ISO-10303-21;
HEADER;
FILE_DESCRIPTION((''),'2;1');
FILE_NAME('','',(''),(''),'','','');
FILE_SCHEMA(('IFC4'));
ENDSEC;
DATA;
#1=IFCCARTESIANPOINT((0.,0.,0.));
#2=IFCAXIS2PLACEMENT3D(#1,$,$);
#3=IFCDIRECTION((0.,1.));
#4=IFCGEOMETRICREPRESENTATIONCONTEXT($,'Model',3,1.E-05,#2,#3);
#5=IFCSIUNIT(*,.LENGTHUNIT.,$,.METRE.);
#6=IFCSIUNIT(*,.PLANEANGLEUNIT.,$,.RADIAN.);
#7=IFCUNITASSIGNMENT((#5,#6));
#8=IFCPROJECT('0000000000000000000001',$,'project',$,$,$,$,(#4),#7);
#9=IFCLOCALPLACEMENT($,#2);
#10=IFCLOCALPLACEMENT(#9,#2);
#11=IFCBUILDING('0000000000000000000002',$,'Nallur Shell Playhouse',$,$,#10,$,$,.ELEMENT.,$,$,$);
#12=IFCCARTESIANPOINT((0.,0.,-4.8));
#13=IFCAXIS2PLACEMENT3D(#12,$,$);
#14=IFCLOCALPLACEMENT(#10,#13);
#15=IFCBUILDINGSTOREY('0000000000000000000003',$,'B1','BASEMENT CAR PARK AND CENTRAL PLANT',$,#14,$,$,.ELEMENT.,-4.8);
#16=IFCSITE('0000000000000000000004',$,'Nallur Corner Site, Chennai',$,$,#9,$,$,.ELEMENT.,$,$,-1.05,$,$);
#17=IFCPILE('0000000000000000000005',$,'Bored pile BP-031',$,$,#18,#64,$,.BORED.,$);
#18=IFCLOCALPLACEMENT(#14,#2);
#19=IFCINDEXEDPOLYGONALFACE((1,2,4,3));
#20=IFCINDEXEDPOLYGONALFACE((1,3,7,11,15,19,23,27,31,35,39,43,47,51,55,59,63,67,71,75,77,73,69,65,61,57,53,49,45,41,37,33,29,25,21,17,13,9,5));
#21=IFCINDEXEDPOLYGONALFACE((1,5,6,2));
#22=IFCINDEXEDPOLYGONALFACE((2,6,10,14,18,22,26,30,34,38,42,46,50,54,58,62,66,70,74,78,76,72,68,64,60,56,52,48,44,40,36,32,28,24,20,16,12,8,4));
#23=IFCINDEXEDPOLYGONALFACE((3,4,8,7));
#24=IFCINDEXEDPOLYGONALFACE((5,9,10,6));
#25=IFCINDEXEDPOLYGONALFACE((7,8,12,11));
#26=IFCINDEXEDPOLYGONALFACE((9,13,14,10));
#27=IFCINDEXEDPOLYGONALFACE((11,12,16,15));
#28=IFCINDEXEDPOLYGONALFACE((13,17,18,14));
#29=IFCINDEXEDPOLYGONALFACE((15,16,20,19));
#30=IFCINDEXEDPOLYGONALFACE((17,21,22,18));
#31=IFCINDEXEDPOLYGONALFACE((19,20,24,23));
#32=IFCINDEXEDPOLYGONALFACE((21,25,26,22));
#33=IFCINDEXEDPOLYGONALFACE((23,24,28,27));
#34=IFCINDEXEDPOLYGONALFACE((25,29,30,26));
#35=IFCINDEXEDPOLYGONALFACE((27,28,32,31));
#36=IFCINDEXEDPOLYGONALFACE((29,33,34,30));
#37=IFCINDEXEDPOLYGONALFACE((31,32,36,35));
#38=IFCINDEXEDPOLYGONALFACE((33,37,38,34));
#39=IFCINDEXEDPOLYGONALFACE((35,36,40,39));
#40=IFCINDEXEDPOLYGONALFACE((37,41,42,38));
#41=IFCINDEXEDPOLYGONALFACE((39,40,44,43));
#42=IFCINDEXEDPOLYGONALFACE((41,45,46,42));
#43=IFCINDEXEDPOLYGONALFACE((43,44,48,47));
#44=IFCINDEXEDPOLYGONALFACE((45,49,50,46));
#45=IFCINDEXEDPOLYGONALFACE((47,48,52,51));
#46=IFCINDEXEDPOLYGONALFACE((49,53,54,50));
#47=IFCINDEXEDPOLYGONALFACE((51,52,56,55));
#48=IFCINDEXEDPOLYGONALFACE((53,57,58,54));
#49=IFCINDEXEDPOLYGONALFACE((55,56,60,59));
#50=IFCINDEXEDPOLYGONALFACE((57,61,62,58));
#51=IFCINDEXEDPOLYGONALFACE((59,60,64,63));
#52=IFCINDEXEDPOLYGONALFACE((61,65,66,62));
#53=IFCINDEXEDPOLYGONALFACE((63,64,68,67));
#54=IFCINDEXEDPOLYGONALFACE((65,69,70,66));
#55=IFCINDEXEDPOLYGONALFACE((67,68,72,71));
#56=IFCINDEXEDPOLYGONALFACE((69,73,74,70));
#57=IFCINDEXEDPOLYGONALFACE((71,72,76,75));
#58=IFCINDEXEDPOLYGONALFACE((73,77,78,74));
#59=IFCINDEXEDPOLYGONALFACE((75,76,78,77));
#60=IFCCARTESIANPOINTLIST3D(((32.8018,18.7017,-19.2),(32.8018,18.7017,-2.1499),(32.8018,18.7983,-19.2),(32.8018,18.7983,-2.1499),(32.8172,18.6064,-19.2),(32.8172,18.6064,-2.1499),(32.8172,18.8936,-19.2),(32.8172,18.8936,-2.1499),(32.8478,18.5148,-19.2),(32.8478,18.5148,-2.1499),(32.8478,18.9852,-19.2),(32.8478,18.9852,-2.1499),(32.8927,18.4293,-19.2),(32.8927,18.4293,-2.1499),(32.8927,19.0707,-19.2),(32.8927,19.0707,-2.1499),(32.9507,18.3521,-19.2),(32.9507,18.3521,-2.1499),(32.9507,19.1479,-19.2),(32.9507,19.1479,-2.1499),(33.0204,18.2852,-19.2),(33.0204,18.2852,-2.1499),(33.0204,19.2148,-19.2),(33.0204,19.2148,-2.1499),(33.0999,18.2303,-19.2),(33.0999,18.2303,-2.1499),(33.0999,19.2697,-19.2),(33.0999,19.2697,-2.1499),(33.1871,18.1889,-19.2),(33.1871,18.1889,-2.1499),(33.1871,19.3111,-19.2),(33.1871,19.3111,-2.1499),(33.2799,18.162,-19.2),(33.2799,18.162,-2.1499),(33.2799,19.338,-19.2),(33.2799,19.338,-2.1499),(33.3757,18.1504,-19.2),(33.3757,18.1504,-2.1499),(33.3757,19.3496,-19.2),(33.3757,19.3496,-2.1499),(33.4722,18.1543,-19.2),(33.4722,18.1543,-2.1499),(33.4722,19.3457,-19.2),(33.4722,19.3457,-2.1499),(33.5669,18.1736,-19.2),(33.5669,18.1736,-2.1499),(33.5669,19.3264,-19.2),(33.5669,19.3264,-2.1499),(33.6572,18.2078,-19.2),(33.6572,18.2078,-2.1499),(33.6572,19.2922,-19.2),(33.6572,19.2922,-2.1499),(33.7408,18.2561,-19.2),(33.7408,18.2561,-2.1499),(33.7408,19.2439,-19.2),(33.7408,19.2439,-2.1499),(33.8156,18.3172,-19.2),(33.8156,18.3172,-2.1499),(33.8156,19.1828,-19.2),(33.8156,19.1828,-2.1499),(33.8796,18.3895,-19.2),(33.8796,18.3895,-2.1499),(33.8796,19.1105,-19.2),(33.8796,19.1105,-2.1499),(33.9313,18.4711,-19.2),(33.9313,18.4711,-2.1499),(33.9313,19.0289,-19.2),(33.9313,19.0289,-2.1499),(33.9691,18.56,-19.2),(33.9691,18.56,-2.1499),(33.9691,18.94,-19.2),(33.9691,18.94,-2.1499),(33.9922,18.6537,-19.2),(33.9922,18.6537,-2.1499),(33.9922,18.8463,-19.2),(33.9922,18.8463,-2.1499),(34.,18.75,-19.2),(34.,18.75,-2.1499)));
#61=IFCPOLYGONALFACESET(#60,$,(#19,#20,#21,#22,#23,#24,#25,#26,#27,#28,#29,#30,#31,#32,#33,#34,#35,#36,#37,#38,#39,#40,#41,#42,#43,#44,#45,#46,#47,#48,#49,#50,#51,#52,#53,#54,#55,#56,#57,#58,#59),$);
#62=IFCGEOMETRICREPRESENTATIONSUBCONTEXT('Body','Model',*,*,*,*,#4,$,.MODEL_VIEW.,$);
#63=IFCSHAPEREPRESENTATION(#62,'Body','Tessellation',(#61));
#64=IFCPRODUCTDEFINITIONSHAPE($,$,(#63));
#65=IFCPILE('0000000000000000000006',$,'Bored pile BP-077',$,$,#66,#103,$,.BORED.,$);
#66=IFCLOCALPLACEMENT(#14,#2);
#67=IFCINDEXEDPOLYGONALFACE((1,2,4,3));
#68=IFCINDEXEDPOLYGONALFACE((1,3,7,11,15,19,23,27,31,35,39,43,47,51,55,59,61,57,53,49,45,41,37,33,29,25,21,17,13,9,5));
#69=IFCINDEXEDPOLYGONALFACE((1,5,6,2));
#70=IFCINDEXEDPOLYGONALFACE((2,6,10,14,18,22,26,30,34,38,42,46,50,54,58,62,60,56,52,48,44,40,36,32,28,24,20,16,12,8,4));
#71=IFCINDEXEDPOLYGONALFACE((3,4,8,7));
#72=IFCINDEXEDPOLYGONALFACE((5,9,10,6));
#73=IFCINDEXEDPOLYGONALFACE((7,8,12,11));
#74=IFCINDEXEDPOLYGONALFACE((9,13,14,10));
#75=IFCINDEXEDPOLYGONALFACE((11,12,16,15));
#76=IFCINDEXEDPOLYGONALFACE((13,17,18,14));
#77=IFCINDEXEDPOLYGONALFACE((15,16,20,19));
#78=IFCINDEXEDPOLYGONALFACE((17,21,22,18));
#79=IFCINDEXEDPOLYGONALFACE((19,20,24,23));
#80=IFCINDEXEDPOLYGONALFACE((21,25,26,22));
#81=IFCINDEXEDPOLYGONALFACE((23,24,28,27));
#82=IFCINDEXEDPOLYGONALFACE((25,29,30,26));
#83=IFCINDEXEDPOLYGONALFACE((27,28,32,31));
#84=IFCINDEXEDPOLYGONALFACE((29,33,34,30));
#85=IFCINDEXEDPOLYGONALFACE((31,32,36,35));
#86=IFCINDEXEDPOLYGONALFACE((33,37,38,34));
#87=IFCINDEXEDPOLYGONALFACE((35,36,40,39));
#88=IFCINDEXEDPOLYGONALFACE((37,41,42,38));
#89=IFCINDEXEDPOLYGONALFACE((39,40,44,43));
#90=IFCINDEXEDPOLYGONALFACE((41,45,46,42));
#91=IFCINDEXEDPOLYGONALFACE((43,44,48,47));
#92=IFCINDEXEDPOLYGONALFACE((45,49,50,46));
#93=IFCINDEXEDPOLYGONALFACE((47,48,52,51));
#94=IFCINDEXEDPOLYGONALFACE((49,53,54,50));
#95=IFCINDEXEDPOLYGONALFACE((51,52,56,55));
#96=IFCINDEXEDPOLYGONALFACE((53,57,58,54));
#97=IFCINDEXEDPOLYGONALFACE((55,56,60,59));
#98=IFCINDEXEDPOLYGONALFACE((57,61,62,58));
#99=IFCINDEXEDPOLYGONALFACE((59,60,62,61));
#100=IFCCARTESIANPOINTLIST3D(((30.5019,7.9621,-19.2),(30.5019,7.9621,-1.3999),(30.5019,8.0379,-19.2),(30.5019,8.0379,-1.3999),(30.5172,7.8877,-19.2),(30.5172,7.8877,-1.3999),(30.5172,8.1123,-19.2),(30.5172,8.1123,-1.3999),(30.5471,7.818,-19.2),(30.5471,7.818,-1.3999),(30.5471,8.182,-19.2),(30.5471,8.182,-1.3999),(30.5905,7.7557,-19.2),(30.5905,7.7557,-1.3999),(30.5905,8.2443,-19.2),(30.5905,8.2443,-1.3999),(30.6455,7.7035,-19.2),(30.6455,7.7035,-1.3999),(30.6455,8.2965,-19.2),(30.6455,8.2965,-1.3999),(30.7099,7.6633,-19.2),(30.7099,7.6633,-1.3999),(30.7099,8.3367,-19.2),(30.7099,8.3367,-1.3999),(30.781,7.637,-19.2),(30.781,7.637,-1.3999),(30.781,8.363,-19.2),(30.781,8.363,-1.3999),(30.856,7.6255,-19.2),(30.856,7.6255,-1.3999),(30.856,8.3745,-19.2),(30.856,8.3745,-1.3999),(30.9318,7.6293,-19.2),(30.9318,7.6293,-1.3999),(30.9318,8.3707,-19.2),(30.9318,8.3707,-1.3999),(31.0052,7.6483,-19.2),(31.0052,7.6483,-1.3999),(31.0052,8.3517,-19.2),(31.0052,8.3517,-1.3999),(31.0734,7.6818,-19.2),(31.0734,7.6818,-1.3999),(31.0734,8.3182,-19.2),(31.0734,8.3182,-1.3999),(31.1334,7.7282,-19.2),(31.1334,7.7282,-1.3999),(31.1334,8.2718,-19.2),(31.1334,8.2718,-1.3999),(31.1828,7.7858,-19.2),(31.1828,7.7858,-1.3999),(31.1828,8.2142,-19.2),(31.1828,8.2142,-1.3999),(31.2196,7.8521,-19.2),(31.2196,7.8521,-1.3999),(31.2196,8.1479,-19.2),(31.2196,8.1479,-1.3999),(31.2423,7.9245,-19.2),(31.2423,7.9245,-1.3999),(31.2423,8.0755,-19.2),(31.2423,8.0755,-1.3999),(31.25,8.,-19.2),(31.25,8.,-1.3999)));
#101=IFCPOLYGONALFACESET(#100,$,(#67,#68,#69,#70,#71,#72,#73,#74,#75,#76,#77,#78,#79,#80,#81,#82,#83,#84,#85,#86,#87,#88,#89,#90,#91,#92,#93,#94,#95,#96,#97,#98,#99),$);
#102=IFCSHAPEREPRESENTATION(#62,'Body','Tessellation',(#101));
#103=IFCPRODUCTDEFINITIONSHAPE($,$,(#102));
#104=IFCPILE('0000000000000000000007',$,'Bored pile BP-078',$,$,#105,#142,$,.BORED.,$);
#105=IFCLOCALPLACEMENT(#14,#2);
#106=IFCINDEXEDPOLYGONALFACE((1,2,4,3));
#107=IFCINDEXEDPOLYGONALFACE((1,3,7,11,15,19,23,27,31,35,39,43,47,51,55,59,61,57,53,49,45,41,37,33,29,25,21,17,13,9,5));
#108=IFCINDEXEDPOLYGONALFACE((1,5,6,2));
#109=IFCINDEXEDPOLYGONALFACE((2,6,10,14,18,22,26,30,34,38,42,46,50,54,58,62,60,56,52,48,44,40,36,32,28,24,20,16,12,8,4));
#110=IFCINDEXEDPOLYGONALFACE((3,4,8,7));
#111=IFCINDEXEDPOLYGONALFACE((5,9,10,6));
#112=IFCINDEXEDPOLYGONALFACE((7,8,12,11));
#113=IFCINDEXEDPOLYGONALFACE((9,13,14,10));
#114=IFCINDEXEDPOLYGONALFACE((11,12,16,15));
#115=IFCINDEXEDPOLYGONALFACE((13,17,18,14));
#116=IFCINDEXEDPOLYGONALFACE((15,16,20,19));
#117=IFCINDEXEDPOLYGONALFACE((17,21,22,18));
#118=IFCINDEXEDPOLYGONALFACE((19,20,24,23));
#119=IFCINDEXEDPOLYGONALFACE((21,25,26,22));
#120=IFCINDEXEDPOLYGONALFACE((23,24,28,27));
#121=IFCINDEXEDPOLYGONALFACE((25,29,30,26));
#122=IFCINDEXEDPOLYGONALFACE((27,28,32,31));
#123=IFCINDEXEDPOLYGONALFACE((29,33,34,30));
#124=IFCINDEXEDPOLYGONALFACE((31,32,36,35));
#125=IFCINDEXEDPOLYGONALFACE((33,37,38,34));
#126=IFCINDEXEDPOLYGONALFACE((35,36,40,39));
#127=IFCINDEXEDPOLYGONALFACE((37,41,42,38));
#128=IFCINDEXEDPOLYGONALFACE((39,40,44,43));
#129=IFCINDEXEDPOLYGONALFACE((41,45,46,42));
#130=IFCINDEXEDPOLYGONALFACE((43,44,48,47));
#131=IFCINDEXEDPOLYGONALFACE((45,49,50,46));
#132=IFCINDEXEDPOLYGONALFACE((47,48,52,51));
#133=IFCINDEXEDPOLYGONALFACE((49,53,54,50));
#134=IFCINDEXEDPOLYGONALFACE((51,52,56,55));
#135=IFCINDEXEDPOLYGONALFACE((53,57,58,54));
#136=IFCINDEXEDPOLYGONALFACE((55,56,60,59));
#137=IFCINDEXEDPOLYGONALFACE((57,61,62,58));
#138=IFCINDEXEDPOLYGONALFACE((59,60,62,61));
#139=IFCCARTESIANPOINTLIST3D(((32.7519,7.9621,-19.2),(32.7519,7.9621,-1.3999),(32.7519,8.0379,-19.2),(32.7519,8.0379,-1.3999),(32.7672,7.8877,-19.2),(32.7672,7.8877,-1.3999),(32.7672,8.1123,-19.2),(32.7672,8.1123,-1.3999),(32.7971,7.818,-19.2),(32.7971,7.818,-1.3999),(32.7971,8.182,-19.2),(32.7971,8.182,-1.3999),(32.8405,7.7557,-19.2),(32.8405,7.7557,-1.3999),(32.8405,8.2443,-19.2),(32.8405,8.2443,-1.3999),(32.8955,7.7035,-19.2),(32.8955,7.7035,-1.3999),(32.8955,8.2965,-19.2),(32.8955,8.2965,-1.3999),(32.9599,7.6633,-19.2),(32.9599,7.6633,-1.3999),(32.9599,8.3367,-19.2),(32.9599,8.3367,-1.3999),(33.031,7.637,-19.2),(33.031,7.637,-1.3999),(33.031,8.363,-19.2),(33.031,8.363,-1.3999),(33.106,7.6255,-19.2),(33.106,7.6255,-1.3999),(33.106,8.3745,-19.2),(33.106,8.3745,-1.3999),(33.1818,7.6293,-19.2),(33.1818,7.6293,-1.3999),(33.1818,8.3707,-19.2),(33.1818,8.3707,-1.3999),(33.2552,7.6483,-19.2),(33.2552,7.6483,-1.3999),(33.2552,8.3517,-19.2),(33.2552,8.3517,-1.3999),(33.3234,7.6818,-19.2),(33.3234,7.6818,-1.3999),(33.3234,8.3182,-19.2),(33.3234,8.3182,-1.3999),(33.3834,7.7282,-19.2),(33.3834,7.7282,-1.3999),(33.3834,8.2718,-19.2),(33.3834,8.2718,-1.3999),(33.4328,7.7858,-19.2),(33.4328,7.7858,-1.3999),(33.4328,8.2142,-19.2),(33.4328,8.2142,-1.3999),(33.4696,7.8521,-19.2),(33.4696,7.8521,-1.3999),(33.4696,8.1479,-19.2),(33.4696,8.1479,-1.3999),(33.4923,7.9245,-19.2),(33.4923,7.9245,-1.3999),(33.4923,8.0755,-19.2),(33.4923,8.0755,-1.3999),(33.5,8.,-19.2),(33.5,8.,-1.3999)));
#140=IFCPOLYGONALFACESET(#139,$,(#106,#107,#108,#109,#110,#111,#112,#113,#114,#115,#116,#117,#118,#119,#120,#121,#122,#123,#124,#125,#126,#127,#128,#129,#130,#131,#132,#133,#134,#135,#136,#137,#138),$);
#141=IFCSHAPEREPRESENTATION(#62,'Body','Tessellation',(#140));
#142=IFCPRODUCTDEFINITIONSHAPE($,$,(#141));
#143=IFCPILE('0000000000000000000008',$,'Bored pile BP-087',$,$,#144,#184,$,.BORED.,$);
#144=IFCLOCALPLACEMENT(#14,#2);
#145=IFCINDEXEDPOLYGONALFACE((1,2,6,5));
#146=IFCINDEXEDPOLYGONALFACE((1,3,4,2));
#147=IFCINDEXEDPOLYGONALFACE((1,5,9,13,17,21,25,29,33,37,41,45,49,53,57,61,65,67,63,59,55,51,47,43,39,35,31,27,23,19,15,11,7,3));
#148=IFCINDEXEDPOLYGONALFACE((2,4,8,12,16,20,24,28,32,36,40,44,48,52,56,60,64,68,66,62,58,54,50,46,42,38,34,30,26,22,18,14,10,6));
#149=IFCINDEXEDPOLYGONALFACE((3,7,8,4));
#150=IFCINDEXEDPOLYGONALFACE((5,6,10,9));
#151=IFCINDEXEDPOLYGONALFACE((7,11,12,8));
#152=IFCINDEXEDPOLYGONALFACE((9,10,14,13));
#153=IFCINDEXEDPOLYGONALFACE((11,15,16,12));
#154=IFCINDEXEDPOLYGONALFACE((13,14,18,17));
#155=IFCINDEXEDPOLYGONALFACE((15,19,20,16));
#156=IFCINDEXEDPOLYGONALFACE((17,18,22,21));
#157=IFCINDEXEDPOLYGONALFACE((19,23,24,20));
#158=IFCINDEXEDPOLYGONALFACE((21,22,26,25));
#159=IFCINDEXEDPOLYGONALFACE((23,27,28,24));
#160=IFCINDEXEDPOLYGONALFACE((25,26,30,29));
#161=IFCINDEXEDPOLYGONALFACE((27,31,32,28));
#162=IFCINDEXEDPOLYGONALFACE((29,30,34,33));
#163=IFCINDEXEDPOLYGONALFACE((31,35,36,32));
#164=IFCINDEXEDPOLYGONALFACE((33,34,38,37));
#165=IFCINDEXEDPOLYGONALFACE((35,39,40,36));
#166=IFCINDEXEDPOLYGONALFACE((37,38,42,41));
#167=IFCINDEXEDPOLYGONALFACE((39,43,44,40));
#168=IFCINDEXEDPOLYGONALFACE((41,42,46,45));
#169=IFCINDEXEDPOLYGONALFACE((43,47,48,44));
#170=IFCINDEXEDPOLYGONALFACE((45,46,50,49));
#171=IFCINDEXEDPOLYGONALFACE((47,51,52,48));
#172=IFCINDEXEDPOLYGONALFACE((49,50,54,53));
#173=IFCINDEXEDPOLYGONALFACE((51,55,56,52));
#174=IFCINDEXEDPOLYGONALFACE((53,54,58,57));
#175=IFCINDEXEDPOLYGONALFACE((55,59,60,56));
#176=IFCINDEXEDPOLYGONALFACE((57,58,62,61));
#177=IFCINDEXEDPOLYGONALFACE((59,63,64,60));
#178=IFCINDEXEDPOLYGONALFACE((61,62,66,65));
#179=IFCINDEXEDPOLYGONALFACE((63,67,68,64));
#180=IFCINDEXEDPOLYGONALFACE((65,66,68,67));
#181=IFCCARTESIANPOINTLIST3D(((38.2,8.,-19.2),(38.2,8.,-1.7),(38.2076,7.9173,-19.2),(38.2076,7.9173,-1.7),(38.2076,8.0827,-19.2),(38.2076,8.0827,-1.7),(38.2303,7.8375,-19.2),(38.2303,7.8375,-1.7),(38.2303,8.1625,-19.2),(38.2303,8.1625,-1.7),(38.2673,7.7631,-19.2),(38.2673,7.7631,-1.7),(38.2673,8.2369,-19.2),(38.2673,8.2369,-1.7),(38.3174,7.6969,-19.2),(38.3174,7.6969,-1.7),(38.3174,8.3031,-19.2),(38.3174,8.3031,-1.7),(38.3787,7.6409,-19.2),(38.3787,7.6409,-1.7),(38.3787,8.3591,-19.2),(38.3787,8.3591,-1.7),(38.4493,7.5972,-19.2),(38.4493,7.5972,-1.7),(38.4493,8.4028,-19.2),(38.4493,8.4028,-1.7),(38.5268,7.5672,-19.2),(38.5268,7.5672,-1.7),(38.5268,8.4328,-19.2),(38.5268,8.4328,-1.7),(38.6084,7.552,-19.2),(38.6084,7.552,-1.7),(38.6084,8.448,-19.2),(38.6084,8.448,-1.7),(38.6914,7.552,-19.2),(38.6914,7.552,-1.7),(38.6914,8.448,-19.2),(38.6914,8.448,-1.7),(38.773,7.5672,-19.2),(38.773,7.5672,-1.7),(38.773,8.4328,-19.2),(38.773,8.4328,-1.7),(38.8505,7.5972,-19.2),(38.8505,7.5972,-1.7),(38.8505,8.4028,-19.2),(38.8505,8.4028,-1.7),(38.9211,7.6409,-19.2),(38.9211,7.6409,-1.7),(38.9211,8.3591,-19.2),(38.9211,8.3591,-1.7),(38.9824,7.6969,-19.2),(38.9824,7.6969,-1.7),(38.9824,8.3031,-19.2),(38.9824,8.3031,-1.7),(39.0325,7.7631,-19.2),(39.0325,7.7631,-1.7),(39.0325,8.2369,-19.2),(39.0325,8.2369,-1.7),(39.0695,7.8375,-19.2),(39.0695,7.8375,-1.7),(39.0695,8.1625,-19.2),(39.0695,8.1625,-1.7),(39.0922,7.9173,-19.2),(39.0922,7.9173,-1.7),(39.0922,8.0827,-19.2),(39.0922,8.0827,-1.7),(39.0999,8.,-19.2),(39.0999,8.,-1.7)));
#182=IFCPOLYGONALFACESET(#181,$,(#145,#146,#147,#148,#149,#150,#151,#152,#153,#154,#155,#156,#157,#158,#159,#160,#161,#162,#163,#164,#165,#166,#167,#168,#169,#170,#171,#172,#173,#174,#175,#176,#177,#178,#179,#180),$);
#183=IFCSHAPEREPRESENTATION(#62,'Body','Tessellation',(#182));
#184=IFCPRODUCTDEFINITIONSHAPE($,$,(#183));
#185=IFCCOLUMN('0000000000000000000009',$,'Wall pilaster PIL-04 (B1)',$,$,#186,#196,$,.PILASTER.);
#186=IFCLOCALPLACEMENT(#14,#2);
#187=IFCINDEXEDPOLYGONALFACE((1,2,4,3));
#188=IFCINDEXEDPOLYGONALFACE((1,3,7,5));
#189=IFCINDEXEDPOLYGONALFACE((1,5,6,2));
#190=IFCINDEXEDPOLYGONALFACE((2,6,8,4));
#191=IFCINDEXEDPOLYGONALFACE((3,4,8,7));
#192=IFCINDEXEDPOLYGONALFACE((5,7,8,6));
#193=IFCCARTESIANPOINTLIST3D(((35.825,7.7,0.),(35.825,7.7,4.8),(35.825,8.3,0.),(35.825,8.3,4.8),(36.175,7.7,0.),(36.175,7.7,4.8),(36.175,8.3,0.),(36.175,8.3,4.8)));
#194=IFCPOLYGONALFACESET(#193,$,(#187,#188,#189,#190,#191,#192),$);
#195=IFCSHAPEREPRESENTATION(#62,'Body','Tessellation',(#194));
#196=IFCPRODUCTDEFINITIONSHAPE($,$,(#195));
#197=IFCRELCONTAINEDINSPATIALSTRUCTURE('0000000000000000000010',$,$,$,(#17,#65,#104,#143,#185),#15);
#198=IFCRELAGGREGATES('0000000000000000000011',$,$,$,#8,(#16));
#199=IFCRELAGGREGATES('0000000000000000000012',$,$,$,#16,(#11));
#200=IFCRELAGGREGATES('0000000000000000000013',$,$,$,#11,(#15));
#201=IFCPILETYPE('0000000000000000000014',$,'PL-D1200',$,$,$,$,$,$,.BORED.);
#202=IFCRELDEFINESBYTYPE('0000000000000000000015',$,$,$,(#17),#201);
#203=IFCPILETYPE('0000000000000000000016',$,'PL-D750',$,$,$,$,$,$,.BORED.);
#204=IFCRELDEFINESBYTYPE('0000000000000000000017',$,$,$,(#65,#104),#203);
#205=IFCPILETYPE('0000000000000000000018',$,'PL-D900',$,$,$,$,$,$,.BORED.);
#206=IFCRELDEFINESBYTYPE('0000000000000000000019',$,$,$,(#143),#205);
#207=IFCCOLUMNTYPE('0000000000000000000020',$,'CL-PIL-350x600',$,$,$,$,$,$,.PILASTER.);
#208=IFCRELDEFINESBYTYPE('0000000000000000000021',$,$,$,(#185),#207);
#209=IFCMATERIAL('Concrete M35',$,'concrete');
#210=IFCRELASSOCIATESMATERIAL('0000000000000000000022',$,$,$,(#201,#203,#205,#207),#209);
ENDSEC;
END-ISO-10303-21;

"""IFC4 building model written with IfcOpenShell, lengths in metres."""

from ifc_helpers import new_model, si_unit, direction, frame, origin, origin_2d, place, context, subcontext, project, spatial, rectangle, circle, extrude, material, material_profile, profile_set, type_object, element, save


model = new_model("IFC4")

# Units and contexts
model_context = context("Model", 3, precision=1e-05, world=origin(), true_north=direction((0.0, 1.0)))
body_context = subcontext(model_context, "Body", "Model", "MODEL_VIEW")
ifc_project = project(units=[si_unit("LENGTHUNIT", "METRE"), si_unit("PLANEANGLEUNIT", "RADIAN")], contexts=[model_context])

# Site, building, storey
site_placement = place(None, origin())
site = spatial("IfcSite", under=ifc_project, at=site_placement, Name="Nallur Corner Site, Chennai", CompositionType="ELEMENT", RefElevation=-1.05)
building_placement = place(site_placement, origin())
building = spatial("IfcBuilding", under=site, at=building_placement, Name="Nallur Shell Playhouse", CompositionType="ELEMENT")
storey_placement = place(building_placement, frame((0.0, 0.0, -4.8)))
storey = spatial("IfcBuildingStorey", under=building, at=storey_placement, Name="B1", Description="BASEMENT CAR PARK AND CENTRAL PLANT", CompositionType="ELEMENT", Elevation=-4.8)

# Shared definitions
ifc_material_1 = material(Name="Concrete M35", Category="concrete")

# Piles
ifc_material_profile_1 = material_profile(ifc_material_1, circle(Radius=0.6001, at=origin_2d()), Name="BORED PILE D1200")
ifc_profile_set_1 = profile_set([ifc_material_profile_1], Name="Concrete M35")
pile_type_1 = type_object("IfcPileType", Name="PL-D1200", PredefinedType="BORED", material=ifc_profile_set_1)
for number, where, z_axis, x_axis, name in (
    (1, (33.3999, 18.75, -2.1499), (0.0, 0.0, -1.0), (1.0, 0.0, 0.0), "Bored pile BP-031"),
):
    element("IfcPile", number, at=place(storey_placement, frame(where, z_axis=z_axis, x_axis=x_axis)), inside=storey, type_object=pile_type_1, Name=name, PredefinedType="BORED", context=body_context, shape_type="SweptSolid", body=[
        extrude(circle(Radius=0.6001, at=origin_2d()), origin(), (0.0, 0.0, 1.0), 17.05),
    ])
ifc_material_profile_2 = material_profile(ifc_material_1, circle(Radius=0.375, at=origin_2d()), Name="BORED PILE D750")
ifc_profile_set_2 = profile_set([ifc_material_profile_2], Name="Concrete M35")
pile_type_2 = type_object("IfcPileType", Name="PL-D750", PredefinedType="BORED", material=ifc_profile_set_2)
for number, where, z_axis, x_axis, name in (
    (2, (30.875, 8.0, -1.3999), (0.0, 0.0, -1.0), (1.0, 0.0, 0.0), "Bored pile BP-077"),
    (3, (33.125, 8.0, -1.3999), (0.0, 0.0, -1.0), (1.0, 0.0, 0.0), "Bored pile BP-078"),
):
    element("IfcPile", number, at=place(storey_placement, frame(where, z_axis=z_axis, x_axis=x_axis)), inside=storey, type_object=pile_type_2, Name=name, PredefinedType="BORED", context=body_context, shape_type="SweptSolid", body=[
        extrude(circle(Radius=0.375, at=origin_2d()), origin(), (0.0, 0.0, 1.0), 17.8),
    ])
ifc_material_profile_3 = material_profile(ifc_material_1, circle(Radius=0.45, at=origin_2d()), Name="BORED PILE D900")
ifc_profile_set_3 = profile_set([ifc_material_profile_3], Name="Concrete M35")
pile_type_3 = type_object("IfcPileType", Name="PL-D900", PredefinedType="BORED", material=ifc_profile_set_3)
pile_placement = place(storey_placement, frame((38.6499, 8.0, -1.7), z_axis=(0.0, 0.0, -1.0), x_axis=(1.0, 0.0, 0.0)))
element("IfcPile", 4, at=pile_placement, inside=storey, type_object=pile_type_3, Name="Bored pile BP-087", PredefinedType="BORED", context=body_context, shape_type="SweptSolid", body=[
    extrude(circle(Radius=0.45, at=origin_2d()), origin(), (0.0, 0.0, 1.0), 17.5),
])

# Column
ifc_material_profile_4 = material_profile(ifc_material_1, rectangle(XDim=0.3501, YDim=0.6001, at=origin_2d()), Name="RC 350x600")
ifc_profile_set_4 = profile_set([ifc_material_profile_4], Name="Concrete M35")
column_type_1 = type_object("IfcColumnType", Name="CL-PIL-350x600", PredefinedType="PILASTER", material=ifc_profile_set_4)
column_1_placement = place(storey_placement, frame((36.0, 8.0, 0.0), z_axis=(0.0, 0.0, 1.0), x_axis=(1.0, 0.0, 0.0)))
element("IfcColumn", 5, at=column_1_placement, inside=storey, type_object=column_type_1, Name="Wall pilaster PIL-04 (B1)", PredefinedType="PILASTER", context=body_context, shape_type="SweptSolid", body=[
    extrude(rectangle(XDim=0.3501, YDim=0.6001, at=origin_2d()), origin(), (0.0, 0.0, 1.0), 4.8),
])

save(model, "model.ifc")
